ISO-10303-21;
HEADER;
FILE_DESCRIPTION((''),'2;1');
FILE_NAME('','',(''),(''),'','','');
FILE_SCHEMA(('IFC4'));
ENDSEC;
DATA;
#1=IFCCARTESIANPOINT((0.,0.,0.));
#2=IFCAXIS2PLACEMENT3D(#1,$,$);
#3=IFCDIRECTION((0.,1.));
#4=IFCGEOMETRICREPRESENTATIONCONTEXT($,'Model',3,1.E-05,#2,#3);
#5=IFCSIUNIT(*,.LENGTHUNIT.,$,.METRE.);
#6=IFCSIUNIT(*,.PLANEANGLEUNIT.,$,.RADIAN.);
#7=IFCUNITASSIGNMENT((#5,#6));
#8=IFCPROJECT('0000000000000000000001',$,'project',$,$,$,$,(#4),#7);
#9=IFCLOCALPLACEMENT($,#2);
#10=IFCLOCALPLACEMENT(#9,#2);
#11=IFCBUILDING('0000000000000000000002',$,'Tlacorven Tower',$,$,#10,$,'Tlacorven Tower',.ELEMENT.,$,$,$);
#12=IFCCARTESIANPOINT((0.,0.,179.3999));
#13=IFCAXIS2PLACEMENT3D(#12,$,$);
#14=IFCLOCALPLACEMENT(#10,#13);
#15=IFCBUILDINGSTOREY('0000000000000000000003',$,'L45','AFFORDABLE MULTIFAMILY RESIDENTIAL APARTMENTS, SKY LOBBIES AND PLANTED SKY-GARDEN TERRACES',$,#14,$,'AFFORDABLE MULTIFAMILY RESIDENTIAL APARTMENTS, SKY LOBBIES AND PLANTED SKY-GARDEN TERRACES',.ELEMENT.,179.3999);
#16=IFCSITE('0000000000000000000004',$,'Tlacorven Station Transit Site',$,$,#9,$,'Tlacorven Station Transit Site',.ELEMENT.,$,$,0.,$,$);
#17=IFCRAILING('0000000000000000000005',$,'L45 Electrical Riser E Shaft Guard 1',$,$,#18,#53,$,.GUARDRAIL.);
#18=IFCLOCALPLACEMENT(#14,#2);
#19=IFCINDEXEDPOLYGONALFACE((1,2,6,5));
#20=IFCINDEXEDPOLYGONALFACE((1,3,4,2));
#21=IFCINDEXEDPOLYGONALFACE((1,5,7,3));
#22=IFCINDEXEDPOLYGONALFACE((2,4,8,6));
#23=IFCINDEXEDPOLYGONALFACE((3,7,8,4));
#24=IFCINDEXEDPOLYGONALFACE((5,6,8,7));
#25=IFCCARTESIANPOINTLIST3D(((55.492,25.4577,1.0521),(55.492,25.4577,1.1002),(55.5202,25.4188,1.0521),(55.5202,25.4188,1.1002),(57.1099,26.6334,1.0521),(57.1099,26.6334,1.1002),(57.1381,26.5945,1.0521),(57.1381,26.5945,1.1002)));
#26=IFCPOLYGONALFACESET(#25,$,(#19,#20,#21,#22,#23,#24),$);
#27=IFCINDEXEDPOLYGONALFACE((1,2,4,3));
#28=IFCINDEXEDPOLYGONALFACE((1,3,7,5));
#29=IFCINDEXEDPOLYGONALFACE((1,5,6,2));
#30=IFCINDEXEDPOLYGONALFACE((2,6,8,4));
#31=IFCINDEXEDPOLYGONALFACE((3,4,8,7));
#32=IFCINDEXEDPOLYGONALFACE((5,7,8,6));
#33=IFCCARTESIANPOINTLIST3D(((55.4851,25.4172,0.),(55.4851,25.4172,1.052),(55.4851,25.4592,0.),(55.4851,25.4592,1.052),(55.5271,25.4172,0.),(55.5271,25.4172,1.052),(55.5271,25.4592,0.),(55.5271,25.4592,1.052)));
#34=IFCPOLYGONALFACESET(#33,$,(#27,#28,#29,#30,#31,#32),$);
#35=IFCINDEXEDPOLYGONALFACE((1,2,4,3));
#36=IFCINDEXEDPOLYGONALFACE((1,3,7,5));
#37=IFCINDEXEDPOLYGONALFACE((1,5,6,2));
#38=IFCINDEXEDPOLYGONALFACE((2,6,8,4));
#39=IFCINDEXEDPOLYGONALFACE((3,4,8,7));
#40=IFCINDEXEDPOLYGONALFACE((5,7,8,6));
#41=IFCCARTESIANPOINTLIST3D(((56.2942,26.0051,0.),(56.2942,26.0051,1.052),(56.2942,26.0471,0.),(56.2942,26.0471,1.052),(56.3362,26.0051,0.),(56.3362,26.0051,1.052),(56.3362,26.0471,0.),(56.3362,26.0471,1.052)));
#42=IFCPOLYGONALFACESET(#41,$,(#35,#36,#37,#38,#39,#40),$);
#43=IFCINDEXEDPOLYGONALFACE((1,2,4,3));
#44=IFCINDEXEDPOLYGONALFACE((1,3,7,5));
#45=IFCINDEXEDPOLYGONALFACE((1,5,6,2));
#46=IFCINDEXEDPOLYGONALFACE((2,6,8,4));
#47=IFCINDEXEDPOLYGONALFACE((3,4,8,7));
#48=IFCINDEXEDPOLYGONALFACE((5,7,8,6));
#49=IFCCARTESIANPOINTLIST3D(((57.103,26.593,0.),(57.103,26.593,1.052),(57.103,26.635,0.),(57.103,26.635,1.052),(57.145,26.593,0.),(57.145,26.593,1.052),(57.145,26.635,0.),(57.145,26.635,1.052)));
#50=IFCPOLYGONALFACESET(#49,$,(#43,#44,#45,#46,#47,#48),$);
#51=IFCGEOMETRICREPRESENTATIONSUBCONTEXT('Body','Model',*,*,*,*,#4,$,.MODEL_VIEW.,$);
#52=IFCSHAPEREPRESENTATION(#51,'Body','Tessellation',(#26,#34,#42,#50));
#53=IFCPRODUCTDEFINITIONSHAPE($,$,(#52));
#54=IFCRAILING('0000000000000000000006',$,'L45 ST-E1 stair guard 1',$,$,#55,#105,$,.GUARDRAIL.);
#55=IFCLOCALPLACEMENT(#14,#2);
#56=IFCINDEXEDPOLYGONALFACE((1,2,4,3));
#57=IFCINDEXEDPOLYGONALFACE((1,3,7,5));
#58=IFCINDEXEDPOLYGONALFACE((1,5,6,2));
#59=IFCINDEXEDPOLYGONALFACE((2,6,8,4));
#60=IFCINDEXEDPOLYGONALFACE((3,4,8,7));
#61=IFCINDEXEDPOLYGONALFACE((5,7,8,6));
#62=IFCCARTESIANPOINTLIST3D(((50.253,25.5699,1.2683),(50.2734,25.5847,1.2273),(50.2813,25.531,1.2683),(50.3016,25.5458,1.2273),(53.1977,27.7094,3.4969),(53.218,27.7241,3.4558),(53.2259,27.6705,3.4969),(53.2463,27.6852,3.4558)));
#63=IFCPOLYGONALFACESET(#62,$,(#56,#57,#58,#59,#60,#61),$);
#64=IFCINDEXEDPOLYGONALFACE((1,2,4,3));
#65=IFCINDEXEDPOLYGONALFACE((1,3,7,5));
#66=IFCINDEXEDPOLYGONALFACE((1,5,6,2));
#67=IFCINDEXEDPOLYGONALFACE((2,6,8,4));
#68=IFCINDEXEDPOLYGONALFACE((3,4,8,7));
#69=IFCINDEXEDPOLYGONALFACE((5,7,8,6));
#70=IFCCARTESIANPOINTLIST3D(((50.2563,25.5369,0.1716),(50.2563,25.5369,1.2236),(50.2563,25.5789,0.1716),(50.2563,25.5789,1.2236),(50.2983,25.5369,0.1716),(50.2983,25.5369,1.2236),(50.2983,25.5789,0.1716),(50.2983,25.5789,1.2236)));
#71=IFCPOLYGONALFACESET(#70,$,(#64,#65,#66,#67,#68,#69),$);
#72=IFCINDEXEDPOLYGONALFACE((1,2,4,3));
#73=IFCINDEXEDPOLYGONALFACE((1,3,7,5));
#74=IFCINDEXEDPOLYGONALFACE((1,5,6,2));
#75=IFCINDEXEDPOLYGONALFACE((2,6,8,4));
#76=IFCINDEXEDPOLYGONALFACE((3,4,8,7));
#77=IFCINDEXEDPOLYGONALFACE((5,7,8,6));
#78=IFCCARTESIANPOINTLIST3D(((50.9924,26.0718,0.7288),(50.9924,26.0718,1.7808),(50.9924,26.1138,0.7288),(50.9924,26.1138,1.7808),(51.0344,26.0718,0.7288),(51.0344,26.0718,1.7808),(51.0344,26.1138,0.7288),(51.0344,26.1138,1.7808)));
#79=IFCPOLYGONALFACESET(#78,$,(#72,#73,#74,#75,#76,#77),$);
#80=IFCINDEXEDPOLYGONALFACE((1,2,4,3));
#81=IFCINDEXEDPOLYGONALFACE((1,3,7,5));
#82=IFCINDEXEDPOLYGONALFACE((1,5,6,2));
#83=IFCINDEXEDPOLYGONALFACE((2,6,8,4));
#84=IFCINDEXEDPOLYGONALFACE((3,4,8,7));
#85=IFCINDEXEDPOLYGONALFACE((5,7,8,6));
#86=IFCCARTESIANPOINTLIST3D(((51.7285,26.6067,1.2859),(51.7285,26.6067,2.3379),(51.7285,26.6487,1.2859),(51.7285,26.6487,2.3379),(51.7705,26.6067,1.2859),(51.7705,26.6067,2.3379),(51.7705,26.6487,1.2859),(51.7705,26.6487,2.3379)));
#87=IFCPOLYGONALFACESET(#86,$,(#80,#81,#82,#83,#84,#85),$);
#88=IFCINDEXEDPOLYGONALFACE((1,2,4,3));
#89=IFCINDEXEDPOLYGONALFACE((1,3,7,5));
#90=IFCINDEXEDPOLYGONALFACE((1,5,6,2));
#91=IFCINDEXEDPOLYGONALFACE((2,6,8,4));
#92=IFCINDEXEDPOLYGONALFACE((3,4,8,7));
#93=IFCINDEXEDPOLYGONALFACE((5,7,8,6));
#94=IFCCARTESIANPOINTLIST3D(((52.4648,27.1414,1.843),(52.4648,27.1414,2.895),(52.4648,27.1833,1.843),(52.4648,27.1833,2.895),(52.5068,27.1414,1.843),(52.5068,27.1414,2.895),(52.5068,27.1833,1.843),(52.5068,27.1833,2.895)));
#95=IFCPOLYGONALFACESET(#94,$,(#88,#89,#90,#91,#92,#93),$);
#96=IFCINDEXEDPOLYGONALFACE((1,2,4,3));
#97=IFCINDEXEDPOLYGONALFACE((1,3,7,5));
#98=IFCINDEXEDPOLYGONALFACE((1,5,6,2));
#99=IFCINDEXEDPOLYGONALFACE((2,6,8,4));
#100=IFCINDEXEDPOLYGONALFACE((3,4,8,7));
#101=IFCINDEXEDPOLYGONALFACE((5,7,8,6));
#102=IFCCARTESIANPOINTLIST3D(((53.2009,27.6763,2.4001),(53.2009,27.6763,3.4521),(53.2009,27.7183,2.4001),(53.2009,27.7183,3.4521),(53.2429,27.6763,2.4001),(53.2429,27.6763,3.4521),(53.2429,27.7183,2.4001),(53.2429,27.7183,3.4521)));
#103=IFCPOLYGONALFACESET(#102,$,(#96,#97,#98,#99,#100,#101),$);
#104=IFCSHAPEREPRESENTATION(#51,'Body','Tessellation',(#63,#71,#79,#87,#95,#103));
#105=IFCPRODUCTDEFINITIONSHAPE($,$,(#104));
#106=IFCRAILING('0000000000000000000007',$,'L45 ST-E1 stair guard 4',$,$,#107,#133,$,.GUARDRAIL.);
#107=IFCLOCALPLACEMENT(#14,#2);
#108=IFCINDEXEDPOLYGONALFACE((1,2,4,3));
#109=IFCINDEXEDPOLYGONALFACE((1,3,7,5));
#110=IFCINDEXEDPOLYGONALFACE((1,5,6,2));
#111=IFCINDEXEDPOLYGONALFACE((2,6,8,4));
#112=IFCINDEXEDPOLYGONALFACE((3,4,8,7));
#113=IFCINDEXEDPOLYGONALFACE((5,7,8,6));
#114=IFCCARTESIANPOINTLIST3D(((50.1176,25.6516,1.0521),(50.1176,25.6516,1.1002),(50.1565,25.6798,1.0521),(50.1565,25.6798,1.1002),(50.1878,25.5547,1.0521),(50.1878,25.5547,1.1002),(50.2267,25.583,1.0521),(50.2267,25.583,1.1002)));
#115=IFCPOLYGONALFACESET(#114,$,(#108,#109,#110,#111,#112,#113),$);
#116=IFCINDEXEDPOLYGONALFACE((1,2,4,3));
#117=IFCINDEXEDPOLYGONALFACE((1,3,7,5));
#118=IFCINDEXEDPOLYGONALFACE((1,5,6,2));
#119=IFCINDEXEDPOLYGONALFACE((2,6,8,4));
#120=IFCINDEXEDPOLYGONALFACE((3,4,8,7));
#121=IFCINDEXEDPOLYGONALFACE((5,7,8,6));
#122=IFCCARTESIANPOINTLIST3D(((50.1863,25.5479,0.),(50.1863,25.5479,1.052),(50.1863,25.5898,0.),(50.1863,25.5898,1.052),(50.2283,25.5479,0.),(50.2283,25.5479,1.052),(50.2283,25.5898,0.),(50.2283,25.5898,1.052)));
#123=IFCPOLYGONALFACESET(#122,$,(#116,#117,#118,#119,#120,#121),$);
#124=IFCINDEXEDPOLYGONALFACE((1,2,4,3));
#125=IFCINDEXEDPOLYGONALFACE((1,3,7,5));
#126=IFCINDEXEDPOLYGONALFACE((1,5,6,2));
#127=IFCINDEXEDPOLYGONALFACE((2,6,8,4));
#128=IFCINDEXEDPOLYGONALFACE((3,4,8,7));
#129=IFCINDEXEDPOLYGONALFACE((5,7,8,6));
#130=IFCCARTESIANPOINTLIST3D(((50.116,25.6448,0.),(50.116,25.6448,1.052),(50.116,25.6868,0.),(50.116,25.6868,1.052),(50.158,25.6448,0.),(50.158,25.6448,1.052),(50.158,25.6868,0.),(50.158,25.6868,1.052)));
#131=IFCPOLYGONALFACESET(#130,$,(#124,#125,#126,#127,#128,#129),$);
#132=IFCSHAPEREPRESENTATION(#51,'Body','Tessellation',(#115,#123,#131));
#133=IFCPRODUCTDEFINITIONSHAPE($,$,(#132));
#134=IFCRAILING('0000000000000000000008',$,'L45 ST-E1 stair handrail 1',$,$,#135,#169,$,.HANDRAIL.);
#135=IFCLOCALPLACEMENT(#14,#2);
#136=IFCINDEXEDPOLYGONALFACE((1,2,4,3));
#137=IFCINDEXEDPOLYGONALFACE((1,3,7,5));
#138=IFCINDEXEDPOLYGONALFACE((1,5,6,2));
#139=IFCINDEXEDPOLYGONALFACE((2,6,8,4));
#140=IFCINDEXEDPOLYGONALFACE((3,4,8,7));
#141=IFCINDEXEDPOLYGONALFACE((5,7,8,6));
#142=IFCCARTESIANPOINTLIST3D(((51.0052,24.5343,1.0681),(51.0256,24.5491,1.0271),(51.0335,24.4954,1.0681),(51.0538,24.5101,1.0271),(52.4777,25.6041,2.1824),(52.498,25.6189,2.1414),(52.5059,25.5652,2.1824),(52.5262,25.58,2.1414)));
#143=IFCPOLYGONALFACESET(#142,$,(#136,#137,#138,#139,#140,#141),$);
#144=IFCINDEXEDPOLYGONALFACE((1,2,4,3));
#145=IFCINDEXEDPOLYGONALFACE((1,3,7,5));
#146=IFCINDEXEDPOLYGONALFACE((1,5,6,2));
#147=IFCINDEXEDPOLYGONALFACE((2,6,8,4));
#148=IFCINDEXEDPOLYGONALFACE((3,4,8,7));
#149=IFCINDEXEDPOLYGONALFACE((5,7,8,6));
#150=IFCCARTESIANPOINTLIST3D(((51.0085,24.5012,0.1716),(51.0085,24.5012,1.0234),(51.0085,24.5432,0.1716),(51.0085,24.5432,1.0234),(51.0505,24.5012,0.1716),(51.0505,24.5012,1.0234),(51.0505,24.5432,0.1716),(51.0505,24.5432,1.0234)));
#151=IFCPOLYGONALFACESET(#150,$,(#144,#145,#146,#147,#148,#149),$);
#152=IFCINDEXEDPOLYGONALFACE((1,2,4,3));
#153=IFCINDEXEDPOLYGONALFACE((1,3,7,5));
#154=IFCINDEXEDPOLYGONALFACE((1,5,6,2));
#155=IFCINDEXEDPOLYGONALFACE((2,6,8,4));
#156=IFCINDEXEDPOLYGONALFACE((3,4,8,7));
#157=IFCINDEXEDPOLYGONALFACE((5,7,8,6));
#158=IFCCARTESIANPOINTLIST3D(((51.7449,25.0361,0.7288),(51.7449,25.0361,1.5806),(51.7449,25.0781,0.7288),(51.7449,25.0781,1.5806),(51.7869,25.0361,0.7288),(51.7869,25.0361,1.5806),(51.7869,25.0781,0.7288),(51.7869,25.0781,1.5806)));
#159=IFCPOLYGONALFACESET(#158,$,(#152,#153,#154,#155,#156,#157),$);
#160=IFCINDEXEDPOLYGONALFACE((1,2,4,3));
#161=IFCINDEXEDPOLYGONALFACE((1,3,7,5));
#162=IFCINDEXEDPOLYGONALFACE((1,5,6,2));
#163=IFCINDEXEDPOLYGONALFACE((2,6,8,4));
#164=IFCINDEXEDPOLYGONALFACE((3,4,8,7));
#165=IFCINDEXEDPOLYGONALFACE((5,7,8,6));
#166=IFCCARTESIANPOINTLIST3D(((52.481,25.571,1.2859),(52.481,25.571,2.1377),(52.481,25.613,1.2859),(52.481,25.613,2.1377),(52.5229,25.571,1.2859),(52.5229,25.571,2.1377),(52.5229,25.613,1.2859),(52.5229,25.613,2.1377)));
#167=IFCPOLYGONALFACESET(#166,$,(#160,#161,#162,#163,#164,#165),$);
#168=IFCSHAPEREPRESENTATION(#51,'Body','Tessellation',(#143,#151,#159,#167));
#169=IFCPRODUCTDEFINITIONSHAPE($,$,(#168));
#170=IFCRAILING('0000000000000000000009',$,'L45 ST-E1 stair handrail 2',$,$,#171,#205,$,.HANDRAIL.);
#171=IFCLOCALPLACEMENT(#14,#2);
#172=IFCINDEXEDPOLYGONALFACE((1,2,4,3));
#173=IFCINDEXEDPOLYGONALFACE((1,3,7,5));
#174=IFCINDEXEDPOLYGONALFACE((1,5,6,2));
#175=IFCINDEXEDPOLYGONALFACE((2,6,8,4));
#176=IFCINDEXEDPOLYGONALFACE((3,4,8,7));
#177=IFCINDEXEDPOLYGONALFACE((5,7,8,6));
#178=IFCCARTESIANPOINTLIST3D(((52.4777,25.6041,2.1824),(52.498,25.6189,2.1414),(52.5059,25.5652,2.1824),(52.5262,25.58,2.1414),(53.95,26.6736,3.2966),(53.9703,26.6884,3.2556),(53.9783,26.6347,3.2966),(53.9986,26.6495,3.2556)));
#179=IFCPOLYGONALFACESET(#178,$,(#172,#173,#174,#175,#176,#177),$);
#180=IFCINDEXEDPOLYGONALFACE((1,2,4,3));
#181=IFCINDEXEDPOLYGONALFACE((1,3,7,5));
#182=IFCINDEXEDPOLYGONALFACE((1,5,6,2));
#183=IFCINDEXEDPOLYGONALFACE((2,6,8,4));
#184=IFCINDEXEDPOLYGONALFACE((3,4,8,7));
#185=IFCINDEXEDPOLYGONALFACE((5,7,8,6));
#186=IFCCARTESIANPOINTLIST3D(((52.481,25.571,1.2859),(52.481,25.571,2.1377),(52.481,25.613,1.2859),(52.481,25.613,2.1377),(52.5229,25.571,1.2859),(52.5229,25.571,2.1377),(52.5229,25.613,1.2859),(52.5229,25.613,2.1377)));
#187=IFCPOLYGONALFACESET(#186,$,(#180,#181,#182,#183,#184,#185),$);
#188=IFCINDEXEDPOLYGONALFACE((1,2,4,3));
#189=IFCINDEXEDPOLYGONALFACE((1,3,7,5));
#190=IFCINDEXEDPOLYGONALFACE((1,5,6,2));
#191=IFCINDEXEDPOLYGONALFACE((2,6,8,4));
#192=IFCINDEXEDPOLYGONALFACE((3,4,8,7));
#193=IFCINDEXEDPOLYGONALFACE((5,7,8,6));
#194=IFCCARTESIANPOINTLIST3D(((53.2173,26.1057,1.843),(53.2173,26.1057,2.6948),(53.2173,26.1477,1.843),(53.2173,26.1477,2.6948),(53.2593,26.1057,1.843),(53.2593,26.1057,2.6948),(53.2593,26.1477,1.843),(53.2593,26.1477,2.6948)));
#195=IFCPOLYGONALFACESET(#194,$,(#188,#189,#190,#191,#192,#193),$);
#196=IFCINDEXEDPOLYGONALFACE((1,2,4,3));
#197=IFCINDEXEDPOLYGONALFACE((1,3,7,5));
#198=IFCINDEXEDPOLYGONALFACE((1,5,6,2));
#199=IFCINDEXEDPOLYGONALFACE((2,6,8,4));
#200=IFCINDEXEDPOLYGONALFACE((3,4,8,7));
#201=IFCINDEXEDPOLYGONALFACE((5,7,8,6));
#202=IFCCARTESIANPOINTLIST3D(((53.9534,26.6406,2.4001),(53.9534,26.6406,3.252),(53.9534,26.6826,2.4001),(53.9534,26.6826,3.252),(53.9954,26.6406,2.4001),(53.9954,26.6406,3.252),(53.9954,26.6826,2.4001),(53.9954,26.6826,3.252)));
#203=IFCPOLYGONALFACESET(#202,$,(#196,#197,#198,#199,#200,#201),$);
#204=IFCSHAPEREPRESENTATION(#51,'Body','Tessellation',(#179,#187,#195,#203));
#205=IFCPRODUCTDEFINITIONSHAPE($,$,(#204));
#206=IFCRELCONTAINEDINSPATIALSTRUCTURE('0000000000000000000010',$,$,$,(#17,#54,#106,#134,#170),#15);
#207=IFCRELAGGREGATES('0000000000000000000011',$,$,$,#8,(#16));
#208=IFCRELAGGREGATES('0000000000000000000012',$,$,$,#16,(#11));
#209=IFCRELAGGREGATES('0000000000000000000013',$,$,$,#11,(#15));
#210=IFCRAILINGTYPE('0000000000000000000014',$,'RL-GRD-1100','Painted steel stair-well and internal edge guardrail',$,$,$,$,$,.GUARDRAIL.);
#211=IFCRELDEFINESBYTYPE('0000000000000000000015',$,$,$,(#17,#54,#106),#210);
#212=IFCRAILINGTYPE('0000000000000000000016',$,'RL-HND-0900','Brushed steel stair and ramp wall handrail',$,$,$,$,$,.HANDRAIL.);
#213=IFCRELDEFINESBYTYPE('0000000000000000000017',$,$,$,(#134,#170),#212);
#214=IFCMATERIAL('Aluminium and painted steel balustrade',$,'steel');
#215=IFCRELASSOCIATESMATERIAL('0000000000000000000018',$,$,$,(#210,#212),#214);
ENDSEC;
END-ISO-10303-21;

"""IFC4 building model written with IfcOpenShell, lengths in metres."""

from ifc_helpers import new_model, si_unit, direction, frame, origin, origin_2d, place, context, subcontext, project, spatial, rectangle, extrude, source, transform, mapped, material, type_object, element, save


model = new_model("IFC4")

# Units and contexts
model_context = context("Model", 3, precision=1e-05, world=origin(), true_north=direction((0.0, 1.0)))
body_context = subcontext(model_context, "Body", "Model", "MODEL_VIEW")
ifc_project = project(units=[si_unit("LENGTHUNIT", "METRE"), si_unit("PLANEANGLEUNIT", "RADIAN")], contexts=[model_context])

# Site, building, storey
site_placement = place(None, origin())
site = spatial("IfcSite", under=ifc_project, at=site_placement, Name="Tlacorven Station Transit Site", LongName="Tlacorven Station Transit Site", CompositionType="ELEMENT", RefElevation=0.0)
building_placement = place(site_placement, origin())
building = spatial("IfcBuilding", under=site, at=building_placement, Name="Tlacorven Tower", LongName="Tlacorven Tower", CompositionType="ELEMENT")
storey_placement = place(building_placement, frame((0.0, 0.0, 179.3999)))
storey = spatial("IfcBuildingStorey", under=building, at=storey_placement, Name="L45", Description="AFFORDABLE MULTIFAMILY RESIDENTIAL APARTMENTS, SKY LOBBIES AND PLANTED SKY-GARDEN TERRACES", LongName="AFFORDABLE MULTIFAMILY RESIDENTIAL APARTMENTS, SKY LOBBIES AND PLANTED SKY-GARDEN TERRACES", CompositionType="ELEMENT", Elevation=179.3999)

# Railings
ifc_material_1 = material(Name="Aluminium and painted steel balustrade", Category="steel")
railing_type_1 = type_object("IfcRailingType", Name="RL-GRD-1100", Description="Painted steel stair-well and internal edge guardrail", PredefinedType="GUARDRAIL", material=ifc_material_1)
shared_shape_1 = source(origin(), body_context, "Body", "SweptSolid", [
    extrude(rectangle(XDim=0.0481, YDim=0.0481, at=origin_2d()), frame((0.0, 0.0, 1.0762), z_axis=(0.808947, 0.587881, 0.0), x_axis=(-0.587881, 0.808947, 0.0)), (0.0, 0.0, 1.0), 2.0),
    extrude(rectangle(XDim=0.042, YDim=0.042, at=origin_2d()), origin(), (0.0, 0.0, 1.0), 1.052),
    extrude(rectangle(XDim=0.042, YDim=0.042, at=origin_2d()), frame((0.8091, 0.5879, 0.0)), (0.0, 0.0, 1.0), 1.052),
    extrude(rectangle(XDim=0.042, YDim=0.042, at=origin_2d()), frame((1.6179, 1.1758, 0.0)), (0.0, 0.0, 1.0), 1.052),
])
railing_1_placement = place(storey_placement, frame((55.5061, 25.4382, 0.0)))
element("IfcRailing", 1, at=railing_1_placement, inside=storey, type_object=railing_type_1, Name="L45 Electrical Riser E Shaft Guard 1", PredefinedType="GUARDRAIL", context=body_context, shape_type="MappedRepresentation", body=[
    mapped(shared_shape_1, transform((0.0, 0.0, 0.0), scale=1.0)),
])
shared_shape_2 = source(origin(), body_context, "Body", "SweptSolid", [
    extrude(rectangle(XDim=0.0481, YDim=0.0481, at=origin_2d()), frame((0.0, 0.0, 1.0762), z_axis=(0.689957, 0.501293, 0.522173), x_axis=(-0.587793, 0.809012, 0.0)), (0.0, 0.0, 1.0), 4.2678),
    extrude(rectangle(XDim=0.042, YDim=0.042, at=origin_2d()), origin(), (0.0, 0.0, 1.0), 1.052),
    extrude(rectangle(XDim=0.042, YDim=0.042, at=origin_2d()), frame((0.7361, 0.5349, 0.5571)), (0.0, 0.0, 1.0), 1.052),
    extrude(rectangle(XDim=0.042, YDim=0.042, at=origin_2d()), frame((1.4722, 1.0698, 1.1143)), (0.0, 0.0, 1.0), 1.052),
    extrude(rectangle(XDim=0.042, YDim=0.042, at=origin_2d()), frame((2.2085, 1.6045, 1.6714)), (0.0, 0.0, 1.0), 1.052),
    extrude(rectangle(XDim=0.042, YDim=0.042, at=origin_2d()), frame((2.9446, 2.1394, 2.2285)), (0.0, 0.0, 1.0), 1.052),
])
railing_2_placement = place(storey_placement, frame((50.2773, 25.5579, 0.1716)))
element("IfcRailing", 2, at=railing_2_placement, inside=storey, type_object=railing_type_1, Name="L45 ST-E1 stair guard 1", PredefinedType="GUARDRAIL", context=body_context, shape_type="MappedRepresentation", body=[
    mapped(shared_shape_2, transform((0.0, 0.0, 0.0), scale=1.0)),
])
shared_shape_3 = source(origin(), body_context, "Body", "SweptSolid", [
    extrude(rectangle(XDim=0.0481, YDim=0.0481, at=origin_2d()), frame((0.0, 0.0, 1.0762), z_axis=(-0.587201, 0.809441, 0.0), x_axis=(-0.809441, -0.587201, 0.0)), (0.0, 0.0, 1.0), 0.1196),
    extrude(rectangle(XDim=0.042, YDim=0.042, at=origin_2d()), origin(), (0.0, 0.0, 1.0), 1.052),
    extrude(rectangle(XDim=0.042, YDim=0.042, at=origin_2d()), frame((-0.0703, 0.0969, 0.0)), (0.0, 0.0, 1.0), 1.052),
])
railing_3_placement = place(storey_placement, frame((50.2073, 25.5688, 0.0)))
element("IfcRailing", 3, at=railing_3_placement, inside=storey, type_object=railing_type_1, Name="L45 ST-E1 stair guard 4", PredefinedType="GUARDRAIL", context=body_context, shape_type="MappedRepresentation", body=[
    mapped(shared_shape_3, transform((0.0, 0.0, 0.0), scale=1.0)),
])
railing_type_2 = type_object("IfcRailingType", Name="RL-HND-0900", Description="Brushed steel stair and ramp wall handrail", PredefinedType="HANDRAIL", material=ifc_material_1)
shared_shape_4 = source(origin(), body_context, "Body", "SweptSolid", [
    extrude(rectangle(XDim=0.0481, YDim=0.0481, at=origin_2d()), frame((0.0, 0.0, 0.876), z_axis=(0.689967, 0.501316, 0.522137), x_axis=(-0.587805, 0.809003, 0.0)), (0.0, 0.0, 1.0), 2.134),
    extrude(rectangle(XDim=0.042, YDim=0.042, at=origin_2d()), origin(), (0.0, 0.0, 1.0), 0.8518),
    extrude(rectangle(XDim=0.042, YDim=0.042, at=origin_2d()), frame((0.7363, 0.5349, 0.5571)), (0.0, 0.0, 1.0), 0.8518),
    extrude(rectangle(XDim=0.042, YDim=0.042, at=origin_2d()), frame((1.4724, 1.0698, 1.1143)), (0.0, 0.0, 1.0), 0.8518),
])
railing_4_placement = place(storey_placement, frame((51.0295, 24.5222, 0.1716)))
element("IfcRailing", 4, at=railing_4_placement, inside=storey, type_object=railing_type_2, Name="L45 ST-E1 stair handrail 1", PredefinedType="HANDRAIL", context=body_context, shape_type="MappedRepresentation", body=[
    mapped(shared_shape_4, transform((0.0, 0.0, 0.0), scale=1.0)),
])
shared_shape_5 = source(origin(), body_context, "Body", "SweptSolid", [
    extrude(rectangle(XDim=0.0481, YDim=0.0481, at=origin_2d()), frame((0.0, 0.0, 0.876), z_axis=(0.690007, 0.50123, 0.522167), x_axis=(-0.587717, 0.809067, 0.0)), (0.0, 0.0, 1.0), 2.1338),
    extrude(rectangle(XDim=0.042, YDim=0.042, at=origin_2d()), origin(), (0.0, 0.0, 1.0), 0.8518),
    extrude(rectangle(XDim=0.042, YDim=0.042, at=origin_2d()), frame((0.7363, 0.5347, 0.5571)), (0.0, 0.0, 1.0), 0.8518),
    extrude(rectangle(XDim=0.042, YDim=0.042, at=origin_2d()), frame((1.4724, 1.0696, 1.1143)), (0.0, 0.0, 1.0), 0.8518),
])
railing_5_placement = place(storey_placement, frame((52.502, 25.592, 1.2859)))
element("IfcRailing", 5, at=railing_5_placement, inside=storey, type_object=railing_type_2, Name="L45 ST-E1 stair handrail 2", PredefinedType="HANDRAIL", context=body_context, shape_type="MappedRepresentation", body=[
    mapped(shared_shape_5, transform((0.0, 0.0, 0.0), scale=1.0)),
])

save(model, "model.ifc")
